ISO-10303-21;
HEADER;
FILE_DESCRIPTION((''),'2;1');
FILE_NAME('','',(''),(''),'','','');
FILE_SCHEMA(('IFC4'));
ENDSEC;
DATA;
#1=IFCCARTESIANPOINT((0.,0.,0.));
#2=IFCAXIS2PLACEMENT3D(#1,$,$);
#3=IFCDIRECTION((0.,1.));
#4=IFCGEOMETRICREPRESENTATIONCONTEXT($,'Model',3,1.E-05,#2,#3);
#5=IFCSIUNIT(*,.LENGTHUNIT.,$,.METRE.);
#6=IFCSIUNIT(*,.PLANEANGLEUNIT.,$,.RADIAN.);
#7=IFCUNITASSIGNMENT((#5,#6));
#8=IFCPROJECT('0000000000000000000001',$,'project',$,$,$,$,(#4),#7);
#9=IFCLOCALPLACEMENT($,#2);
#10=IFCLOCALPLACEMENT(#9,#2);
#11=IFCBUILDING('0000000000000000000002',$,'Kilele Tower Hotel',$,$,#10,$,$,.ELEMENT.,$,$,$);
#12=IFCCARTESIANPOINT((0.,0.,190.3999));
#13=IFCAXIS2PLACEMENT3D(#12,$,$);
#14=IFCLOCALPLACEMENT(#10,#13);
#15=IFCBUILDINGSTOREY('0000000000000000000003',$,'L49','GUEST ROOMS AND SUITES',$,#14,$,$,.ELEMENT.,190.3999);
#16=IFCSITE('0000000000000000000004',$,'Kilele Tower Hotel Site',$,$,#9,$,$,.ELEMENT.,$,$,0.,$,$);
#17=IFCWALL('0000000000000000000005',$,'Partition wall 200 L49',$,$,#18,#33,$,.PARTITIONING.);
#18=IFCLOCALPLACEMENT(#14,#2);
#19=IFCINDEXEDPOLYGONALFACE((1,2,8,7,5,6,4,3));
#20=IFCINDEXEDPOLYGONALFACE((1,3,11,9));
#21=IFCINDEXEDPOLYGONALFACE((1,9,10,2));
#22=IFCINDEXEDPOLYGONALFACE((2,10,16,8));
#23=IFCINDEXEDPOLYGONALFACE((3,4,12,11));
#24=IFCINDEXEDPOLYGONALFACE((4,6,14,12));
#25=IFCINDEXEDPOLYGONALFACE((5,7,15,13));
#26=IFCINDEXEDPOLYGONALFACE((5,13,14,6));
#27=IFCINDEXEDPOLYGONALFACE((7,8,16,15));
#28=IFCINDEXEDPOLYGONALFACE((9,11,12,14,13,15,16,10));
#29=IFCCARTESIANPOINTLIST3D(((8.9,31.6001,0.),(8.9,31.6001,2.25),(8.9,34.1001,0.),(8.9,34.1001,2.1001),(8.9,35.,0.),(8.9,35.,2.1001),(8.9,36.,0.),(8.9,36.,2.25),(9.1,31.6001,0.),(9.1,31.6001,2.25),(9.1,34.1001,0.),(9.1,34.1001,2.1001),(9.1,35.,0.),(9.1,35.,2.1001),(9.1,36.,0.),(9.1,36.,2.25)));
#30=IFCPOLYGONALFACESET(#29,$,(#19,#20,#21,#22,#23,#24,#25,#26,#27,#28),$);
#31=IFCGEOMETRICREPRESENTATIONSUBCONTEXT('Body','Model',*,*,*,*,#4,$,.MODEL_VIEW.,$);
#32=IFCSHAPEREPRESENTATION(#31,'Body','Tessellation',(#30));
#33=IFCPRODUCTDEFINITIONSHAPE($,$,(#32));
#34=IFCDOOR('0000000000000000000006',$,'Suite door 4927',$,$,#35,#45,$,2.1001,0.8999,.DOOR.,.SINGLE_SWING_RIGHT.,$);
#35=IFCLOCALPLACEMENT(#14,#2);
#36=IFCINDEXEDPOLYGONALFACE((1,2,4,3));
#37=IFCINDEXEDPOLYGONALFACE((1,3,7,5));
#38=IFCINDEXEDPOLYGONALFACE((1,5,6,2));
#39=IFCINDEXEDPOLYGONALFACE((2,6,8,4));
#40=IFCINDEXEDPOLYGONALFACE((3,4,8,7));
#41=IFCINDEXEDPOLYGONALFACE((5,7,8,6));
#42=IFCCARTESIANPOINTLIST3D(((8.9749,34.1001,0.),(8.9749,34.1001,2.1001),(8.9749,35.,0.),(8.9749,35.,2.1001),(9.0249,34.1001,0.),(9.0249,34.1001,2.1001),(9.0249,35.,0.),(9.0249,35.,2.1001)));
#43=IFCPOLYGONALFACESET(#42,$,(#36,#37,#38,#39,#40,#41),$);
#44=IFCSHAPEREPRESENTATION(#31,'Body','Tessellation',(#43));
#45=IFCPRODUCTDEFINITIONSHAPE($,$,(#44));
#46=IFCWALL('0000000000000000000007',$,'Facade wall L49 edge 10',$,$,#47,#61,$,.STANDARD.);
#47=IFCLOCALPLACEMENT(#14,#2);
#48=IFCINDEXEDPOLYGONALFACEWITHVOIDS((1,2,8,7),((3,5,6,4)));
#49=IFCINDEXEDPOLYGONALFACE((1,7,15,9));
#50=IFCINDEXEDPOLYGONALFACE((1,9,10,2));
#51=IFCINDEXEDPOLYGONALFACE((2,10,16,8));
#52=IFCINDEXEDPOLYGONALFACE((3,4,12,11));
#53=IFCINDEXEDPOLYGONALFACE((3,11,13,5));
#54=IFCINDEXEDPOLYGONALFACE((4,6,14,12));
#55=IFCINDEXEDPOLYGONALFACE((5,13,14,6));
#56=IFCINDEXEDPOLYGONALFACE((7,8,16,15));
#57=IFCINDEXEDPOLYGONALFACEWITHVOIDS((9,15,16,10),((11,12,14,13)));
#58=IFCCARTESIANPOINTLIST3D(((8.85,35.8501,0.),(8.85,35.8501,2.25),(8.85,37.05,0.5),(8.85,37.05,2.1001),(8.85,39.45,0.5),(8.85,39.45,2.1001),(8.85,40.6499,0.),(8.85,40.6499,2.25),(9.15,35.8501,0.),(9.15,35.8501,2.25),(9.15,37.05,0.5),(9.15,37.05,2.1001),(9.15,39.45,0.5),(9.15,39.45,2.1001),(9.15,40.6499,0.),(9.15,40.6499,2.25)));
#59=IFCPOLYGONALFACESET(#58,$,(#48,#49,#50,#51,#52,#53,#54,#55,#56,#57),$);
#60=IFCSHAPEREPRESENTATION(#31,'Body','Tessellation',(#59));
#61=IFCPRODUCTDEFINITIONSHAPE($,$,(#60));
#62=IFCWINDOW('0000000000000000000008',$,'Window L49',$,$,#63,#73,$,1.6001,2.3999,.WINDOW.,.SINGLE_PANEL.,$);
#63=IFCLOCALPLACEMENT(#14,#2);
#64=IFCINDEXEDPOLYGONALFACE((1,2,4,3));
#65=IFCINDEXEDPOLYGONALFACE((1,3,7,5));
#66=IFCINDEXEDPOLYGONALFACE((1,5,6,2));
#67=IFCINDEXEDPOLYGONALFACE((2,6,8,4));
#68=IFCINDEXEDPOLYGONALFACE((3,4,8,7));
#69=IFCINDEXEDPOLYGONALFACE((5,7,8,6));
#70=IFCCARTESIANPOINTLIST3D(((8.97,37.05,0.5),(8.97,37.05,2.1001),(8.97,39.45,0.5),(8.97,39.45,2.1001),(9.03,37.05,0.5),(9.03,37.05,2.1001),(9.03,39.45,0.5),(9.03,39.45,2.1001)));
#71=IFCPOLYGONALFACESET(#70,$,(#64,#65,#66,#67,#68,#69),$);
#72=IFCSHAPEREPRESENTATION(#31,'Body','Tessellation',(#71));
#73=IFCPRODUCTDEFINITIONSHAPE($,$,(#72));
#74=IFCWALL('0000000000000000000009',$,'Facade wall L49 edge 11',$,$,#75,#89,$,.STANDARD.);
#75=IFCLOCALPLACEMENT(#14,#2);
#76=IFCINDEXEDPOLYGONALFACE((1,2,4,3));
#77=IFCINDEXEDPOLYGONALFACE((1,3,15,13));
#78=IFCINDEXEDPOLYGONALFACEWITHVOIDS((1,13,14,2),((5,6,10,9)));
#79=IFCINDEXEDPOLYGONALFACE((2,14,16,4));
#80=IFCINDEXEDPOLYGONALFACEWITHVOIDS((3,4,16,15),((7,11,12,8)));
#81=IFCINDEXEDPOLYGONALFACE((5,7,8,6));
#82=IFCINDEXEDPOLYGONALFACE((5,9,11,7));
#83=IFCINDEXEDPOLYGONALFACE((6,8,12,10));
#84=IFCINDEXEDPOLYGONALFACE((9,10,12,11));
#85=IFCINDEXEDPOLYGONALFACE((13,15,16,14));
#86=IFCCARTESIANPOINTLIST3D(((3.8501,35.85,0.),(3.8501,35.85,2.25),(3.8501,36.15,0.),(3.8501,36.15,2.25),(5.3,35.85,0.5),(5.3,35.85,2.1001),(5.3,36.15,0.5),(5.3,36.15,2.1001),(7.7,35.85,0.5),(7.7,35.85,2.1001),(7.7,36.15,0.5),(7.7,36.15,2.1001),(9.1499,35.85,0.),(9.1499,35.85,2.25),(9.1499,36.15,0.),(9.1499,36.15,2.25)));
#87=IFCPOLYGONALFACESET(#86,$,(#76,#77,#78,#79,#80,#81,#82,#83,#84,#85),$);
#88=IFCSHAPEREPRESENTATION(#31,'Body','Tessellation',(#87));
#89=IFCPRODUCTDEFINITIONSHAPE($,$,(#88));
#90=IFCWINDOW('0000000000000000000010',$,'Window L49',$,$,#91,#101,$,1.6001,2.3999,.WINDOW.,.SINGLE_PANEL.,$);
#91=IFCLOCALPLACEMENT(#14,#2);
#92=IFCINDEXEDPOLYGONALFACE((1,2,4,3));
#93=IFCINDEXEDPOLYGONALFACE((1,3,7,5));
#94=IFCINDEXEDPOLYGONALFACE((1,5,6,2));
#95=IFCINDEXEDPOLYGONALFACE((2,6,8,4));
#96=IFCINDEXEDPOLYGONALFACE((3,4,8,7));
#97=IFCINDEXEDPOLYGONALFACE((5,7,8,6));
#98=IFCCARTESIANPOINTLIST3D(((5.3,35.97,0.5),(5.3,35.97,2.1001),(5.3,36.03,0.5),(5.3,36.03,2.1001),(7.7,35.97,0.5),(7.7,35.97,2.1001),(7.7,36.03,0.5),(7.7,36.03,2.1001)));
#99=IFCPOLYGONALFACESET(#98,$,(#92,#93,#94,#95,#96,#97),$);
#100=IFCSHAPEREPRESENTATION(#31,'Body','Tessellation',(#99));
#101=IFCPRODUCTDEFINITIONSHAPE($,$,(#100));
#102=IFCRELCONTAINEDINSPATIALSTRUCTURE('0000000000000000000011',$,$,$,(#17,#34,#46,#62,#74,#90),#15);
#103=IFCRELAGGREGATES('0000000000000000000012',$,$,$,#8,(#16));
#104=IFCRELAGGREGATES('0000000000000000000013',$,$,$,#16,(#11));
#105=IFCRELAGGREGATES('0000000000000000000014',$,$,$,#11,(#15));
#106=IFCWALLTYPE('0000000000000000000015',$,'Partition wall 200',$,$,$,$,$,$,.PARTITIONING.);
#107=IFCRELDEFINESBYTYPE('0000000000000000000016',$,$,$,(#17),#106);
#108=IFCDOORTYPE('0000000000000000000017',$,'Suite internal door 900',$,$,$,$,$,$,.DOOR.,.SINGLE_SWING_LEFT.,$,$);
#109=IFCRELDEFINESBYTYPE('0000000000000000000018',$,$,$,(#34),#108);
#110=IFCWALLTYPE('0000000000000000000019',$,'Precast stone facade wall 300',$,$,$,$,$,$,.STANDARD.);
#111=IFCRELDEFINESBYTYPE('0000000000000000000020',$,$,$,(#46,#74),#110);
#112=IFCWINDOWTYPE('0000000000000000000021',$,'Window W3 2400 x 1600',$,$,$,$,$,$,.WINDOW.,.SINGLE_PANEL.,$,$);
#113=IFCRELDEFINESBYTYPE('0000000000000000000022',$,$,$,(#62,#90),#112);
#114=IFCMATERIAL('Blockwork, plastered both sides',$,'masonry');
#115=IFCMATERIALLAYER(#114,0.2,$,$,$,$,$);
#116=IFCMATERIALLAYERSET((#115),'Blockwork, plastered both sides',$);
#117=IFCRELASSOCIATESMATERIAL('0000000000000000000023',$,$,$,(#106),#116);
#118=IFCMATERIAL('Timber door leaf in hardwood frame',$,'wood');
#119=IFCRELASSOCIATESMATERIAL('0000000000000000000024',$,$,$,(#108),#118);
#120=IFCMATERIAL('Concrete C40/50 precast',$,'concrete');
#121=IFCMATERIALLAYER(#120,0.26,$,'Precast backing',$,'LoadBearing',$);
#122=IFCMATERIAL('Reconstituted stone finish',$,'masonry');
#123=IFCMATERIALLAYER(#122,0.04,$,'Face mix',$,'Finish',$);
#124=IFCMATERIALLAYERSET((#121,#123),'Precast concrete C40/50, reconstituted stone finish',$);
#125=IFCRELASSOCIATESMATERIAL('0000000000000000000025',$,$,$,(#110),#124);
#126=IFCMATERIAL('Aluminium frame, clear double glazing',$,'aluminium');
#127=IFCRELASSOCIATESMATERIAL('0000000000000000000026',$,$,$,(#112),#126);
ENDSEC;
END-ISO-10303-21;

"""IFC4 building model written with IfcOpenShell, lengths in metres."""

from ifc_helpers import new_model, si_unit, direction, frame, frame_2d, origin, place, context, subcontext, project, spatial, rectangle, extrude, material, layer, layer_set, type_object, element, fill, save


model = new_model("IFC4")

# Units and contexts
model_context = context("Model", 3, precision=1e-05, world=origin(), true_north=direction((0.0, 1.0)))
body_context = subcontext(model_context, "Body", "Model", "MODEL_VIEW")
ifc_project = project(units=[si_unit("LENGTHUNIT", "METRE"), si_unit("PLANEANGLEUNIT", "RADIAN")], contexts=[model_context])

# Site, building, storey
site_placement = place(None, origin())
site = spatial("IfcSite", under=ifc_project, at=site_placement, Name="Kilele Tower Hotel Site", CompositionType="ELEMENT", RefElevation=0.0)
building_placement = place(site_placement, origin())
building = spatial("IfcBuilding", under=site, at=building_placement, Name="Kilele Tower Hotel", CompositionType="ELEMENT")
storey_placement = place(building_placement, frame((0.0, 0.0, 190.3999)))
storey = spatial("IfcBuildingStorey", under=building, at=storey_placement, Name="L49", Description="GUEST ROOMS AND SUITES", CompositionType="ELEMENT", Elevation=190.3999)

# Wall, opening, door
ifc_material_1 = material(Name="Blockwork, plastered both sides", Category="masonry")
ifc_layer_1 = layer(ifc_material_1, 0.2)
ifc_layer_set_1 = layer_set([ifc_layer_1], Name="Blockwork, plastered both sides")
wall_type_1 = type_object("IfcWallType", Name="Partition wall 200", PredefinedType="PARTITIONING", material=ifc_layer_set_1)
wall_1_placement = place(storey_placement, frame((9.0, 31.6001, 0.0), z_axis=(0.0, 0.0, 1.0), x_axis=(0.0, 1.0, 0.0)))
wall_1 = element("IfcWall", 1, at=wall_1_placement, inside=storey, type_object=wall_type_1, Name="Partition wall 200 L49", PredefinedType="PARTITIONING", context=body_context, shape_type="SweptSolid", body=[
    extrude(rectangle(XDim=4.3999, YDim=0.2, at=frame_2d((2.2, 0.0))), origin(), (0.0, 0.0, 1.0), 2.25),
])
opening_1_placement = place(wall_1_placement, frame((3.3999, 0.0, 0.0), z_axis=(0.0, 0.0, 1.0), x_axis=(-1.0, 0.0, 0.0)))
opening_1 = element("IfcOpeningElement", 2, at=opening_1_placement, cuts=wall_1, PredefinedType="OPENING", context=body_context, shape_type="SweptSolid", body=[
    extrude(rectangle(XDim=0.8999, YDim=2.1001, at=frame_2d((0.45, 1.05))), frame((0.0, 0.1099, 0.0), z_axis=(0.0, -1.0, 0.0), x_axis=(1.0, 0.0, 0.0)), (0.0, 0.0, 1.0), 0.22),
])
ifc_material_2 = material(Name="Timber door leaf in hardwood frame", Category="wood")
door_type_1 = type_object("IfcDoorType", Name="Suite internal door 900", OperationType="SINGLE_SWING_LEFT", PredefinedType="DOOR", material=ifc_material_2)
door_1_placement = place(opening_1_placement, origin())
door_1 = element("IfcDoor", 3, at=door_1_placement, inside=storey, type_object=door_type_1, Name="Suite door 4927", OperationType="SINGLE_SWING_RIGHT", OverallHeight=2.1001, OverallWidth=0.8999, PredefinedType="DOOR", context=body_context, shape_type="SweptSolid", body=[
    extrude(rectangle(XDim=0.8999, YDim=2.1001, at=frame_2d((0.45, 1.05))), frame((0.0, 0.0249, 0.0), z_axis=(0.0, -1.0, 0.0), x_axis=(1.0, 0.0, 0.0)), (0.0, 0.0, 1.0), 0.05),
])
fill(opening_1, door_1)

# Walls, openings, windows
ifc_material_3 = material(Name="Concrete C40/50 precast", Category="concrete")
ifc_layer_2 = layer(ifc_material_3, 0.26, Name="Precast backing", Category="LoadBearing")
ifc_material_4 = material(Name="Reconstituted stone finish", Category="masonry")
ifc_layer_3 = layer(ifc_material_4, 0.04, Name="Face mix", Category="Finish")
ifc_layer_set_2 = layer_set([ifc_layer_2, ifc_layer_3], Name="Precast concrete C40/50, reconstituted stone finish")
wall_type_2 = type_object("IfcWallType", Name="Precast stone facade wall 300", PredefinedType="STANDARD", material=ifc_layer_set_2)
wall_2_placement = place(storey_placement, frame((9.0, 40.6499, 0.0), z_axis=(0.0, 0.0, 1.0), x_axis=(0.0, -1.0, 0.0)))
wall_2 = element("IfcWall", 4, at=wall_2_placement, inside=storey, type_object=wall_type_2, Name="Facade wall L49 edge 10", PredefinedType="STANDARD", context=body_context, shape_type="SweptSolid", body=[
    extrude(rectangle(XDim=4.7998, YDim=0.3, at=frame_2d((2.3999, 0.0))), origin(), (0.0, 0.0, 1.0), 2.25),
])
opening_2_placement = place(wall_2_placement, frame((1.2, 0.0, 0.5)))
opening_2 = element("IfcOpeningElement", 5, at=opening_2_placement, cuts=wall_2, PredefinedType="OPENING", context=body_context, shape_type="SweptSolid", body=[
    extrude(rectangle(XDim=2.3999, YDim=1.6001, at=frame_2d((1.2, 0.8))), frame((0.0, 0.1599, 0.0), z_axis=(0.0, -1.0, 0.0), x_axis=(1.0, 0.0, 0.0)), (0.0, 0.0, 1.0), 0.3201),
])
ifc_material_5 = material(Name="Aluminium frame, clear double glazing", Category="aluminium")
window_type_1 = type_object("IfcWindowType", Name="Window W3 2400 x 1600", PartitioningType="SINGLE_PANEL", PredefinedType="WINDOW", material=ifc_material_5)
window_1_placement = place(opening_2_placement, origin())
window_1 = element("IfcWindow", 6, at=window_1_placement, inside=storey, type_object=window_type_1, Name="Window L49", OverallHeight=1.6001, OverallWidth=2.3999, PartitioningType="SINGLE_PANEL", PredefinedType="WINDOW", context=body_context, shape_type="SweptSolid", body=[
    extrude(rectangle(XDim=2.3999, YDim=1.6001, at=frame_2d((1.2, 0.8))), frame((0.0, 0.03, 0.0), z_axis=(0.0, -1.0, 0.0), x_axis=(1.0, 0.0, 0.0)), (0.0, 0.0, 1.0), 0.0601),
])
fill(opening_2, window_1)
wall_3_placement = place(storey_placement, frame((9.1499, 36.0, 0.0), z_axis=(0.0, 0.0, 1.0), x_axis=(-1.0, 0.0, 0.0)))
wall_3 = element("IfcWall", 7, at=wall_3_placement, inside=storey, type_object=wall_type_2, Name="Facade wall L49 edge 11", PredefinedType="STANDARD", context=body_context, shape_type="SweptSolid", body=[
    extrude(rectangle(XDim=5.2998, YDim=0.3, at=frame_2d((2.6499, 0.0))), origin(), (0.0, 0.0, 1.0), 2.25),
])
opening_3_placement = place(wall_3_placement, frame((1.45, 0.0, 0.5)))
opening_3 = element("IfcOpeningElement", 8, at=opening_3_placement, cuts=wall_3, PredefinedType="OPENING", context=body_context, shape_type="SweptSolid", body=[
    extrude(rectangle(XDim=2.3999, YDim=1.6001, at=frame_2d((1.2, 0.8))), frame((0.0, 0.1599, 0.0), z_axis=(0.0, -1.0, 0.0), x_axis=(1.0, 0.0, 0.0)), (0.0, 0.0, 1.0), 0.3201),
])
window_2_placement = place(opening_3_placement, origin())
window_2 = element("IfcWindow", 9, at=window_2_placement, inside=storey, type_object=window_type_1, Name="Window L49", OverallHeight=1.6001, OverallWidth=2.3999, PartitioningType="SINGLE_PANEL", PredefinedType="WINDOW", context=body_context, shape_type="SweptSolid", body=[
    extrude(rectangle(XDim=2.3999, YDim=1.6001, at=frame_2d((1.2, 0.8))), frame((0.0, 0.03, 0.0), z_axis=(0.0, -1.0, 0.0), x_axis=(1.0, 0.0, 0.0)), (0.0, 0.0, 1.0), 0.0601),
])
fill(opening_3, window_2)

save(model, "model.ifc")
